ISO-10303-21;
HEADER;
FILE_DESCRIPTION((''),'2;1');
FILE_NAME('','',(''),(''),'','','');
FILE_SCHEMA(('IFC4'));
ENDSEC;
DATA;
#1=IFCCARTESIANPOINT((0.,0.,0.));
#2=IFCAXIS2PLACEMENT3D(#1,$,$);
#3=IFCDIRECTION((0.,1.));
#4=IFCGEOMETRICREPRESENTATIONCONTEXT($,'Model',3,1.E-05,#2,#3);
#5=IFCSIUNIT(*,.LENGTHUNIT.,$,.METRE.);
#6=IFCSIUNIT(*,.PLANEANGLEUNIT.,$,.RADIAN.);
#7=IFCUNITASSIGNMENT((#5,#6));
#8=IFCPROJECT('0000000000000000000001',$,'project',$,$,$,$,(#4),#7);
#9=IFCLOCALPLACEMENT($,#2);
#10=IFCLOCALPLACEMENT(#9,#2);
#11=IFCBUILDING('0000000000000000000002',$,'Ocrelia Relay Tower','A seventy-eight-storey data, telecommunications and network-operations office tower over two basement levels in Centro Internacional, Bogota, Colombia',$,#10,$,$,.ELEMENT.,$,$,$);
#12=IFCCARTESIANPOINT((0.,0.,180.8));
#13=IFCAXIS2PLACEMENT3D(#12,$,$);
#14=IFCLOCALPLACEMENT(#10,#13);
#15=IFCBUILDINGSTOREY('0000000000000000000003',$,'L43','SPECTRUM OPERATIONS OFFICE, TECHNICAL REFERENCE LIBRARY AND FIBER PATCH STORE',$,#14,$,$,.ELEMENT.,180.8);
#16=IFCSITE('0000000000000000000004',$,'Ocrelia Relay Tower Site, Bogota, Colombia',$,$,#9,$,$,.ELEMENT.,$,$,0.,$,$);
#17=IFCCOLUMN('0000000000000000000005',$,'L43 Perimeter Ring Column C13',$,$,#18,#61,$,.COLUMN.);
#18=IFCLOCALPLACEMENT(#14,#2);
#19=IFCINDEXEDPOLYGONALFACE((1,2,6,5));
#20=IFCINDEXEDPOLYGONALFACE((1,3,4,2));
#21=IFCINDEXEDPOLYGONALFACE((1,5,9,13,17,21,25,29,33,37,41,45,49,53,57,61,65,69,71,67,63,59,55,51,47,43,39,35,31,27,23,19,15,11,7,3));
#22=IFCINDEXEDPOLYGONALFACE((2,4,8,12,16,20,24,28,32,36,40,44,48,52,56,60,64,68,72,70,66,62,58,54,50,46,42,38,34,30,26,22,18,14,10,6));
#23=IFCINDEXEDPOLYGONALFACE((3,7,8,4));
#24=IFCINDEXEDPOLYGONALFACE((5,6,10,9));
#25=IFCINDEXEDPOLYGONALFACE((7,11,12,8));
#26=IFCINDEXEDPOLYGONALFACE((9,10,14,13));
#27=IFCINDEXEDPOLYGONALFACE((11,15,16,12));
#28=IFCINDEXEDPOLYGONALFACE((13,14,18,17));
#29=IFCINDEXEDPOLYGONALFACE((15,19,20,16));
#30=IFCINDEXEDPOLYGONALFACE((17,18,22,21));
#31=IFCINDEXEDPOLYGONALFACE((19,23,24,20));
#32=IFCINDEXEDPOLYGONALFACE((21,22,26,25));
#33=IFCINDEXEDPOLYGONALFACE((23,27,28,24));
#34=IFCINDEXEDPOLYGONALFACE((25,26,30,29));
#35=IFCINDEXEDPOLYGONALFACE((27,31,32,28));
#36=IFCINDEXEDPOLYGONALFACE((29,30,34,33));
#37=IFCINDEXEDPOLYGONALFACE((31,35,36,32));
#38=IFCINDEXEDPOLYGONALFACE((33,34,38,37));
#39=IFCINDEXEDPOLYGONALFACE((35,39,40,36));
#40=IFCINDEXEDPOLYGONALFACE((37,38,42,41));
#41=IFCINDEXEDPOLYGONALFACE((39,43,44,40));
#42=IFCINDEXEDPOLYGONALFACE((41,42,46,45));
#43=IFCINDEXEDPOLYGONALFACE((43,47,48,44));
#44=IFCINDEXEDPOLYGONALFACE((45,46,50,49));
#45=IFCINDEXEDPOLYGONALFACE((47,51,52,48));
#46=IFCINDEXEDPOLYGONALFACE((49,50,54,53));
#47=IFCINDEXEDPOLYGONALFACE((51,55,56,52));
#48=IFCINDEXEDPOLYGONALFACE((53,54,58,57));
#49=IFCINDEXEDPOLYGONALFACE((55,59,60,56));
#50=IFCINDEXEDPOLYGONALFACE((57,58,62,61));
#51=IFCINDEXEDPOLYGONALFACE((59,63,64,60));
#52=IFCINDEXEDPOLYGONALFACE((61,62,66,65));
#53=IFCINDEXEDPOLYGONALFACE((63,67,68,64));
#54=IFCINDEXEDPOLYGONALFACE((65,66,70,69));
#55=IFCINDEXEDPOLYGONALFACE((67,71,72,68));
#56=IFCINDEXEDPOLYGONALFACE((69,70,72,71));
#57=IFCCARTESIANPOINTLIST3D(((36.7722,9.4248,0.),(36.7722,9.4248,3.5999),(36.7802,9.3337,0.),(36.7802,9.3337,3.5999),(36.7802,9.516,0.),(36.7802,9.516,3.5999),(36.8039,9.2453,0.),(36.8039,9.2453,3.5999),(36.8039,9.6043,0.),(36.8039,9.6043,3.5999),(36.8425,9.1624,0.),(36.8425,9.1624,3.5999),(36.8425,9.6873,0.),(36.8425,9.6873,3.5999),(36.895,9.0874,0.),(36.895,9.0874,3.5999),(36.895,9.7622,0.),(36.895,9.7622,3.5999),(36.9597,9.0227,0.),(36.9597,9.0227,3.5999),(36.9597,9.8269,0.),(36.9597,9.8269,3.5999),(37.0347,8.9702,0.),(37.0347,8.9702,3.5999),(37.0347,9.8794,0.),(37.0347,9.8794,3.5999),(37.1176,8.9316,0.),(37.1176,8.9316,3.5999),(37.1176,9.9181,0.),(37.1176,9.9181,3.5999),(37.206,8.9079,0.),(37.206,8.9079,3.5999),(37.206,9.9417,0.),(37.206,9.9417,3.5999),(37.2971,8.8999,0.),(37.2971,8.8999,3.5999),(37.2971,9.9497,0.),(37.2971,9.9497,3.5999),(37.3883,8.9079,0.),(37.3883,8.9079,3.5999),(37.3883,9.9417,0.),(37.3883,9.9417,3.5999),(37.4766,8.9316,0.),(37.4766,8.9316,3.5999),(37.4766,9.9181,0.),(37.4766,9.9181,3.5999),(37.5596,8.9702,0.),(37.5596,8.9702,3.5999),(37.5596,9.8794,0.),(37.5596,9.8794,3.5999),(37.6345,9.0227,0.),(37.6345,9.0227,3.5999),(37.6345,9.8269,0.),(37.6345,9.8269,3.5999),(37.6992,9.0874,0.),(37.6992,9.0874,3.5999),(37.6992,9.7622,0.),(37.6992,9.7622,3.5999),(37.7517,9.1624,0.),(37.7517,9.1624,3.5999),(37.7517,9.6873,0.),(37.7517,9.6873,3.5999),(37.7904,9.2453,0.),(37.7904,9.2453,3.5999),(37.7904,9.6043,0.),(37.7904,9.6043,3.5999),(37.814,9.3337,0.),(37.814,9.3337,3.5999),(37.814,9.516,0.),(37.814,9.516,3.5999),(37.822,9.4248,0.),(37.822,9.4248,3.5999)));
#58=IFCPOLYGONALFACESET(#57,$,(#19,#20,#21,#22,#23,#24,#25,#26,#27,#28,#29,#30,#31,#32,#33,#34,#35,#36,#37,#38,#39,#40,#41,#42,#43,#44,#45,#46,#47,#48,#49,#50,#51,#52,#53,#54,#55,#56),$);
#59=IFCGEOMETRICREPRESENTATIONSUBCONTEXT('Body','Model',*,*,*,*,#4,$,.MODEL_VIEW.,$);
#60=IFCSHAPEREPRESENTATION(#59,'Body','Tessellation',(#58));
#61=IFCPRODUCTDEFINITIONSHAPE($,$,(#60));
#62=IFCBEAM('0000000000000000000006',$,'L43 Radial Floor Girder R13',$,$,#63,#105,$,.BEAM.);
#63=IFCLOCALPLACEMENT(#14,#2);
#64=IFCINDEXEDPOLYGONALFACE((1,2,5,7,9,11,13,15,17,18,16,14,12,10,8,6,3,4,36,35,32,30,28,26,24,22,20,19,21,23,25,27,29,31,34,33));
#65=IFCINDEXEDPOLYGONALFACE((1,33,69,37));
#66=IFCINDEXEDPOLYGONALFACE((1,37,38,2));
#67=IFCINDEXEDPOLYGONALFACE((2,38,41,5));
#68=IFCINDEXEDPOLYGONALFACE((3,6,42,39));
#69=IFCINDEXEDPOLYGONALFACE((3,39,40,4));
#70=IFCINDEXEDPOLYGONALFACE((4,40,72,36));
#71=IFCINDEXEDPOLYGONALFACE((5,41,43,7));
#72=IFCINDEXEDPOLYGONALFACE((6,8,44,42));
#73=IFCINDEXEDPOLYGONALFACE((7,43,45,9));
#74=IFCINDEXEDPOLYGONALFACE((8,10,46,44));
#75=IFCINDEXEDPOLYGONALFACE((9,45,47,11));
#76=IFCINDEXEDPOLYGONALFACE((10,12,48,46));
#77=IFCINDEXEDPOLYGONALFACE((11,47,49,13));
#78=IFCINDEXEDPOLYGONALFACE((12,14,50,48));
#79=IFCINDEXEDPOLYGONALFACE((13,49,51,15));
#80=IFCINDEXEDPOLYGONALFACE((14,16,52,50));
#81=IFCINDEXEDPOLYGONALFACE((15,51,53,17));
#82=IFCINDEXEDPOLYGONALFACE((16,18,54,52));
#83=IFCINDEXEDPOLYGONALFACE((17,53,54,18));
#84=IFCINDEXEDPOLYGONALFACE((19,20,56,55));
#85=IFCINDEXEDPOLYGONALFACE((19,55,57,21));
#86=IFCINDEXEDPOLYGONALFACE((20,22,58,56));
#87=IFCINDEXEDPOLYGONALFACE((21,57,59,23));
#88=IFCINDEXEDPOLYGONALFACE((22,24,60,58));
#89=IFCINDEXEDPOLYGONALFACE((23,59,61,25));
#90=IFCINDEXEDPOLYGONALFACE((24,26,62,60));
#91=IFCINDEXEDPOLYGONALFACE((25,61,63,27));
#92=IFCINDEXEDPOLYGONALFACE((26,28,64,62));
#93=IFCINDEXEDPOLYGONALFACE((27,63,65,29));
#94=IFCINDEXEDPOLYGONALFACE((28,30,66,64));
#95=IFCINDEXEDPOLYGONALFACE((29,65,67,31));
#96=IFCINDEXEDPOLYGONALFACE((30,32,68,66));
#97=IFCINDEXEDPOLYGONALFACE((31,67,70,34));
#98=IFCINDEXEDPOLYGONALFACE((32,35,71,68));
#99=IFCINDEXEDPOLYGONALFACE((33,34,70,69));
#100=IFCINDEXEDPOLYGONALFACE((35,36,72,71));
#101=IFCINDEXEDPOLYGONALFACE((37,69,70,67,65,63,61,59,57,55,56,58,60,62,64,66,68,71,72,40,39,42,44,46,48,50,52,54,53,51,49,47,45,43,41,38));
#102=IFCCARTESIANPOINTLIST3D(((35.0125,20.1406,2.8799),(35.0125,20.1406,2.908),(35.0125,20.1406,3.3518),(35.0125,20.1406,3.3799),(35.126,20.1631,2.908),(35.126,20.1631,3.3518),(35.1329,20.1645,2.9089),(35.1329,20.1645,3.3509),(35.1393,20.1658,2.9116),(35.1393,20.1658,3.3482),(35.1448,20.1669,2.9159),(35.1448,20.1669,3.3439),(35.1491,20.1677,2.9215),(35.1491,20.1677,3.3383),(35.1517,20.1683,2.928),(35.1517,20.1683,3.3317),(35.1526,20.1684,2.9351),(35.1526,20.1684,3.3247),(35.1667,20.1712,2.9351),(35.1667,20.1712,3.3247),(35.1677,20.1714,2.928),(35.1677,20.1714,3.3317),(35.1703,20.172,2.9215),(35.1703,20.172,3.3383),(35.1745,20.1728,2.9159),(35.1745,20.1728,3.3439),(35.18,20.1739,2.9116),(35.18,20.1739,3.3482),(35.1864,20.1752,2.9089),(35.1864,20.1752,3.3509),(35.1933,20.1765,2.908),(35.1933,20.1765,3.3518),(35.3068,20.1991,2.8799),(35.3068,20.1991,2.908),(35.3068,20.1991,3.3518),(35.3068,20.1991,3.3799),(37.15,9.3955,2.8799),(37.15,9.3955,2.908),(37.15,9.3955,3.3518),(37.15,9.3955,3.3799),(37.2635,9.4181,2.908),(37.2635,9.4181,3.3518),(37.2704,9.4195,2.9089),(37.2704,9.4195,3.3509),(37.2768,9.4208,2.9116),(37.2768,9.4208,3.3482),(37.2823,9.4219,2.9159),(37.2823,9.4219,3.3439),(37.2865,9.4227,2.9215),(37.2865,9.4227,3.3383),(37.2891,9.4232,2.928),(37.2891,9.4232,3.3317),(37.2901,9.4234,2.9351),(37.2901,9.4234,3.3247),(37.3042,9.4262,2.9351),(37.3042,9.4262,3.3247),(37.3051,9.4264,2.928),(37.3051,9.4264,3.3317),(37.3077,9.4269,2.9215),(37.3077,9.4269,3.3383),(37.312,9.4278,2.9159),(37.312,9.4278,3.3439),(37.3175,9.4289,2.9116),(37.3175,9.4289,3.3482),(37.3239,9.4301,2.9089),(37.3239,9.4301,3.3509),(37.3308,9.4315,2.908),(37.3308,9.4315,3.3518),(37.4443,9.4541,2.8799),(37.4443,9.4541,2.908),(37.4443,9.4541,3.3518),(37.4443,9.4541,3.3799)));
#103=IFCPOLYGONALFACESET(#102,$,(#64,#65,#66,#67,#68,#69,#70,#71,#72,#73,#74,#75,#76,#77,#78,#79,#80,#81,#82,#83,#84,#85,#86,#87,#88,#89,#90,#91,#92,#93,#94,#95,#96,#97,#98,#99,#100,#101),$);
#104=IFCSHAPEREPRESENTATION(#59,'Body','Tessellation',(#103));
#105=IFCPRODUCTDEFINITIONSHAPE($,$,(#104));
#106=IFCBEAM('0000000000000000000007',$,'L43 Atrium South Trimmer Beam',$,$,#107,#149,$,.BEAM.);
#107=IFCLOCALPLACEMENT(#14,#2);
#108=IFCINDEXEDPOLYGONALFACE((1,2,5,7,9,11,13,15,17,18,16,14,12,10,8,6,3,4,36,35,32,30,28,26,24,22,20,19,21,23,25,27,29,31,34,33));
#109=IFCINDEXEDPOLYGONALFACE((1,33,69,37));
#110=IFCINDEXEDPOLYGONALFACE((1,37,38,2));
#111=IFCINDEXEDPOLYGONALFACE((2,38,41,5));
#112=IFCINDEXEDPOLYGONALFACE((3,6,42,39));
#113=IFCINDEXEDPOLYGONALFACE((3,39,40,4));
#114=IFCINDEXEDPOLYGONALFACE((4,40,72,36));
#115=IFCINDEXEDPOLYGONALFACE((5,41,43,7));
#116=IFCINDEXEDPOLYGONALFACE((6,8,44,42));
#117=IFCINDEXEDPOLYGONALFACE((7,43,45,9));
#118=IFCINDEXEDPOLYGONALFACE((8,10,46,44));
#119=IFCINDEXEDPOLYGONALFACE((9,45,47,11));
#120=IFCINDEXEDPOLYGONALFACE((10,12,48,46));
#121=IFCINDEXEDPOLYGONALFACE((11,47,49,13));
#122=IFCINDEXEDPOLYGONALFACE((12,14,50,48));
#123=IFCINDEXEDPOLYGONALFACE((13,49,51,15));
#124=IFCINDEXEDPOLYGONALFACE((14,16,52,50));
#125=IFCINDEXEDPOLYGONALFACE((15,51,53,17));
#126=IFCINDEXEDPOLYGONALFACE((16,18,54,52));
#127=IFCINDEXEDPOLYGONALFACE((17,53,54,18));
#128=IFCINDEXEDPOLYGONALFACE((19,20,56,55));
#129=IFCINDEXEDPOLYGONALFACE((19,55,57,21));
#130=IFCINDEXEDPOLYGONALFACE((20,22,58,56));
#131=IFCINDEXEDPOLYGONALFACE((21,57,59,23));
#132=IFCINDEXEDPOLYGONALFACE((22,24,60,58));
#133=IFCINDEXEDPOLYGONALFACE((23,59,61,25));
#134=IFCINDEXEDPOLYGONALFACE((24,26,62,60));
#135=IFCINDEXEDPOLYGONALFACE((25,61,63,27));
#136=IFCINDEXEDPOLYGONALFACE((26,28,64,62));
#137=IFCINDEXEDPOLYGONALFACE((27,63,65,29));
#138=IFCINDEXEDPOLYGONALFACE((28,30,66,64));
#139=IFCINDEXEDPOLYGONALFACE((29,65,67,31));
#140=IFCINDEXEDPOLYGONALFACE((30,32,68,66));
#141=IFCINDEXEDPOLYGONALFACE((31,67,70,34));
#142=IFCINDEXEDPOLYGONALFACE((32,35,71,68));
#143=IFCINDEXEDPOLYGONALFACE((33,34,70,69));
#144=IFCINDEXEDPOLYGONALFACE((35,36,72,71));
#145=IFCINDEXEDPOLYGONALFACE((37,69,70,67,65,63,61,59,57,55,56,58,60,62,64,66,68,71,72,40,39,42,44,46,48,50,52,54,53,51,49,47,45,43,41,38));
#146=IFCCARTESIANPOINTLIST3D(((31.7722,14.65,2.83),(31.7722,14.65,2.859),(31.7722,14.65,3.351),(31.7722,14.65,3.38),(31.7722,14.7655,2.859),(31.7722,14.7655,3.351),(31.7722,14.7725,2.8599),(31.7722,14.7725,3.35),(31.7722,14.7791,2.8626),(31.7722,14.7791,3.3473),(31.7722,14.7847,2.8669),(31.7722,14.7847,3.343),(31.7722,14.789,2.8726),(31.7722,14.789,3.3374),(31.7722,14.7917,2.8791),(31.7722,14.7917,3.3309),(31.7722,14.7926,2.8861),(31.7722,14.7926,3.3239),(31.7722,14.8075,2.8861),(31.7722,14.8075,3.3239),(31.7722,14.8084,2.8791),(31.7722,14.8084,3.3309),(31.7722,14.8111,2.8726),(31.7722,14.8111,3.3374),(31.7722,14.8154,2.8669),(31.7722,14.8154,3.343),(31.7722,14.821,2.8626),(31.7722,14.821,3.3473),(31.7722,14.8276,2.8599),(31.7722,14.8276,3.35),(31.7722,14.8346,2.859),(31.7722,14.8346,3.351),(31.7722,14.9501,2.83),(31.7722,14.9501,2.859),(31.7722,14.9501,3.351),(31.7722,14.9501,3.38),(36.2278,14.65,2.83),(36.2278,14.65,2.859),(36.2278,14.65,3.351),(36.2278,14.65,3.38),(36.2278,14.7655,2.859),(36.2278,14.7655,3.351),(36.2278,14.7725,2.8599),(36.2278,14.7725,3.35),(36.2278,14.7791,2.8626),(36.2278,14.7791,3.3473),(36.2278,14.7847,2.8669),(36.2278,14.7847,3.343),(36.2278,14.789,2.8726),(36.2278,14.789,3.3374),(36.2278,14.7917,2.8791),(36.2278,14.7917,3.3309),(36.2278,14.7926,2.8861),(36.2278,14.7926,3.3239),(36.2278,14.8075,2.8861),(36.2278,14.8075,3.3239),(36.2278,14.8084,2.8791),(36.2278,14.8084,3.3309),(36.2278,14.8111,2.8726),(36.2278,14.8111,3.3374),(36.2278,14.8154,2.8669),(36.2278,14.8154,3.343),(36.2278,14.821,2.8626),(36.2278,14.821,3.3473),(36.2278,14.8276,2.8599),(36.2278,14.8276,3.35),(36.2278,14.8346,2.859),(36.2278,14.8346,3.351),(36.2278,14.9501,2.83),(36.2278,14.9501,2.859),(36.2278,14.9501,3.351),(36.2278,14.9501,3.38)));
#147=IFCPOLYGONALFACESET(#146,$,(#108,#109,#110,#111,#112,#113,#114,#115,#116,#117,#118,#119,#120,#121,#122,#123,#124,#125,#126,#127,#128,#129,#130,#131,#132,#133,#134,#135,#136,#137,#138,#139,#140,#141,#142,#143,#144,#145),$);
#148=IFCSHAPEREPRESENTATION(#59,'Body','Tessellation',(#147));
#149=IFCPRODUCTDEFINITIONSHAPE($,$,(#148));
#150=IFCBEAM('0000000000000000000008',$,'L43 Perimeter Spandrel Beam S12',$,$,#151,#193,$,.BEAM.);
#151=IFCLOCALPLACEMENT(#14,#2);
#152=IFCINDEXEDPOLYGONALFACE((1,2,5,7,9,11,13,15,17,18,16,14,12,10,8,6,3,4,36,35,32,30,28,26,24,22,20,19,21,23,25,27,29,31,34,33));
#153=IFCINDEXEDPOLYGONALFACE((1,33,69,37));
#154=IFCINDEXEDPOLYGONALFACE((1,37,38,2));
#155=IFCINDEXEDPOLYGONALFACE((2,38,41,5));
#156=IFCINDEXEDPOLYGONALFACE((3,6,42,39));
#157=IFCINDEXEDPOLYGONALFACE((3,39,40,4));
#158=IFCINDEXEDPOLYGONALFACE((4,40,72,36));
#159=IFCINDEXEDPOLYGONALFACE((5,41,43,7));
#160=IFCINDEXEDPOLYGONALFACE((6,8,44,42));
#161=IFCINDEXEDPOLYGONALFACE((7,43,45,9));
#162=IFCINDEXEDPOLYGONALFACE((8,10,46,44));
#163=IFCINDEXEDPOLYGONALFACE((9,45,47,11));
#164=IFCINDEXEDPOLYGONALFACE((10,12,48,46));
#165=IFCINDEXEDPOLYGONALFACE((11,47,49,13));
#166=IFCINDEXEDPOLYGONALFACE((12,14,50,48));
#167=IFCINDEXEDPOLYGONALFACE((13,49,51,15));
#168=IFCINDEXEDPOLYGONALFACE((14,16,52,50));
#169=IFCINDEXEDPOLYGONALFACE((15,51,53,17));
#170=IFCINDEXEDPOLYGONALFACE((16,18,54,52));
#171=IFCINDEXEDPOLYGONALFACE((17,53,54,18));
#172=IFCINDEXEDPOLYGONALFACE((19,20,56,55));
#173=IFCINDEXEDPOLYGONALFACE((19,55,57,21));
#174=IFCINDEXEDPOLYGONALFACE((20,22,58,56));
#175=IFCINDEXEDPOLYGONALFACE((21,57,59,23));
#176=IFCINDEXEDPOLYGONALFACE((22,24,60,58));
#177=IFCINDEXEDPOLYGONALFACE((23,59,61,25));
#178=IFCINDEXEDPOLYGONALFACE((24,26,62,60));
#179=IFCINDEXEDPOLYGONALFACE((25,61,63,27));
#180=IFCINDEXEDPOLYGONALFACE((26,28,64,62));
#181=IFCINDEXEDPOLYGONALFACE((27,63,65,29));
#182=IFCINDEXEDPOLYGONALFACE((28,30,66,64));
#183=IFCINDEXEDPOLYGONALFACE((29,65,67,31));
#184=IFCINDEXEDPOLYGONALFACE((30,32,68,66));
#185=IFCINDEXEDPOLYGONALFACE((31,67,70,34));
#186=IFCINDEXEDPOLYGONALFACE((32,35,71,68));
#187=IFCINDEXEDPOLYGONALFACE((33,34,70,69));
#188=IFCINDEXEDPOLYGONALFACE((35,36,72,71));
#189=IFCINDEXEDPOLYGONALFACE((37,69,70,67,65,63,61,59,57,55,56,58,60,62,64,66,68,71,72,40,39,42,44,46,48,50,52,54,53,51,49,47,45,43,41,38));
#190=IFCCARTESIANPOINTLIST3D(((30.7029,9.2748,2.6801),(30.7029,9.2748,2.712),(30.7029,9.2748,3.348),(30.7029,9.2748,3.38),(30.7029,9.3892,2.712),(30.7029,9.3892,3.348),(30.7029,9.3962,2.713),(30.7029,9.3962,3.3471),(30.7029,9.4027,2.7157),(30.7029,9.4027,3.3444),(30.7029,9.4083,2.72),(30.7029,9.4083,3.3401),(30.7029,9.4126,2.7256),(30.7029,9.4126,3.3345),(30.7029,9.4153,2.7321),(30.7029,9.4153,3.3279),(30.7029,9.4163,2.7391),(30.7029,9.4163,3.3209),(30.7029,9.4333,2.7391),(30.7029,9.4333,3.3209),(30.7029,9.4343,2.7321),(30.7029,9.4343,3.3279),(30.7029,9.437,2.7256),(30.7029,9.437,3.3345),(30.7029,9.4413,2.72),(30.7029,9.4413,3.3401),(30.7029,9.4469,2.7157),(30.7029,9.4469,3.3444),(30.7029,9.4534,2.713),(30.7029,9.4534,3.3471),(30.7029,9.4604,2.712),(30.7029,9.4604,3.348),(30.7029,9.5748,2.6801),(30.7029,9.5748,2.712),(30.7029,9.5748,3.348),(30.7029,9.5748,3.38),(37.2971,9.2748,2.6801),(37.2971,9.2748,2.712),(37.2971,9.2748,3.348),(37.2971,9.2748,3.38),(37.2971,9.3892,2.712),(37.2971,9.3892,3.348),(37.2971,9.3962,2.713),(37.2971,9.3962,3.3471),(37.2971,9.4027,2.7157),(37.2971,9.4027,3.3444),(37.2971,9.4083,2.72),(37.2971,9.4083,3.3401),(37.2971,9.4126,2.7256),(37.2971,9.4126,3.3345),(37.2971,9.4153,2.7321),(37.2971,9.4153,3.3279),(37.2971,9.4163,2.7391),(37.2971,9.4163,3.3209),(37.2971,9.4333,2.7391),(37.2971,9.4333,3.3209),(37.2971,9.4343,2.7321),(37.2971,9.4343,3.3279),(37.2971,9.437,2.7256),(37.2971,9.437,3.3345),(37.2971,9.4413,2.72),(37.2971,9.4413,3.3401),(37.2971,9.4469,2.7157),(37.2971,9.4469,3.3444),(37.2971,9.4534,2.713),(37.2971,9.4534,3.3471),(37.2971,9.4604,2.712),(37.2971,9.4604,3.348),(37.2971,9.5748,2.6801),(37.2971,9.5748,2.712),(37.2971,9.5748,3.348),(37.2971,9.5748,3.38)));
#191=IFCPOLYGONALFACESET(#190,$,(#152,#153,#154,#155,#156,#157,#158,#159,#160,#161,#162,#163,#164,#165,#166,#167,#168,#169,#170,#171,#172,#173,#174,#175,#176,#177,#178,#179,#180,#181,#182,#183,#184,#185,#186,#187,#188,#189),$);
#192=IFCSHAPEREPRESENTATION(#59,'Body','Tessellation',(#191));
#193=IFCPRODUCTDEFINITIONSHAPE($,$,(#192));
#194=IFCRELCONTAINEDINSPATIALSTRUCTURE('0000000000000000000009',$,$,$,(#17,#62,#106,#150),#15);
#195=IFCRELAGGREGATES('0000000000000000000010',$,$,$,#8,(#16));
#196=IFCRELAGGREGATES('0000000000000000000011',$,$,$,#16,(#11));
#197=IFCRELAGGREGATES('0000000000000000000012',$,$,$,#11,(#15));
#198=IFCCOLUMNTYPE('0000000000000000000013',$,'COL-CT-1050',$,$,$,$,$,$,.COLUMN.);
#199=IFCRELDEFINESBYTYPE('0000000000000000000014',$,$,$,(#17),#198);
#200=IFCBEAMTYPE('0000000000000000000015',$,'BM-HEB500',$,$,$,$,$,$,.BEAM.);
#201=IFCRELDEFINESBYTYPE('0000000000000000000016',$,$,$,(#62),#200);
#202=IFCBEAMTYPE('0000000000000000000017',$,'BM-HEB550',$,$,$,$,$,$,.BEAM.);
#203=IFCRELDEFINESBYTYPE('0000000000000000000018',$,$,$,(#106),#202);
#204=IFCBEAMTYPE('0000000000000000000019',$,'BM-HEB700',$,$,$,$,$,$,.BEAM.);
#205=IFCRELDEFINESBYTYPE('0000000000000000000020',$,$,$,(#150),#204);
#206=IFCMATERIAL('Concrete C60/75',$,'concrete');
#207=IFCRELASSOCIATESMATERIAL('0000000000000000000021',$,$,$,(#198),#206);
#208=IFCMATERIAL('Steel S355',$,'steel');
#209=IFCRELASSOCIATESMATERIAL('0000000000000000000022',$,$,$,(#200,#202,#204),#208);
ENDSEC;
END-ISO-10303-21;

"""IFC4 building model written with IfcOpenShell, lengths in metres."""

from ifc_helpers import new_model, si_unit, direction, frame, origin, origin_2d, place, context, subcontext, project, spatial, circle, i_section, extrude, material, material_profile, profile_set, type_object, element, save


model = new_model("IFC4")

# Units and contexts
model_context = context("Model", 3, precision=1e-05, world=origin(), true_north=direction((0.0, 1.0)))
body_context = subcontext(model_context, "Body", "Model", "MODEL_VIEW")
ifc_project = project(units=[si_unit("LENGTHUNIT", "METRE"), si_unit("PLANEANGLEUNIT", "RADIAN")], contexts=[model_context])

# Site, building, storey
site_placement = place(None, origin())
site = spatial("IfcSite", under=ifc_project, at=site_placement, Name="Ocrelia Relay Tower Site, Bogota, Colombia", CompositionType="ELEMENT", RefElevation=0.0)
building_placement = place(site_placement, origin())
building = spatial("IfcBuilding", under=site, at=building_placement, Name="Ocrelia Relay Tower", Description="A seventy-eight-storey data, telecommunications and network-operations office tower over two basement levels in Centro Internacional, Bogota, Colombia", CompositionType="ELEMENT")
storey_placement = place(building_placement, frame((0.0, 0.0, 180.8)))
storey = spatial("IfcBuildingStorey", under=building, at=storey_placement, Name="L43", Description="SPECTRUM OPERATIONS OFFICE, TECHNICAL REFERENCE LIBRARY AND FIBER PATCH STORE", CompositionType="ELEMENT", Elevation=180.8)

# Column
ifc_material_1 = material(Name="Concrete C60/75", Category="concrete")
ifc_material_profile_1 = material_profile(ifc_material_1, circle(Radius=0.5249, at=origin_2d()), Name="RC-CIR-1050")
ifc_profile_set_1 = profile_set([ifc_material_profile_1], Name="Concrete C60/75")
column_type = type_object("IfcColumnType", Name="COL-CT-1050", PredefinedType="COLUMN", material=ifc_profile_set_1)
column_placement = place(storey_placement, frame((37.2971, 9.4248, 0.0), z_axis=(0.0, 0.0, 1.0), x_axis=(1.0, 0.0, 0.0)))
element("IfcColumn", 1, at=column_placement, inside=storey, type_object=column_type, Name="L43 Perimeter Ring Column C13", PredefinedType="COLUMN", context=body_context, shape_type="SweptSolid", body=[
    extrude(circle(Radius=0.5249, at=origin_2d()), origin(), (0.0, 0.0, 1.0), 3.5999),
])

# Beams
ifc_material_2 = material(Name="Steel S355", Category="steel")
ifc_material_profile_2 = material_profile(ifc_material_2, i_section(OverallWidth=0.3, OverallDepth=0.5, WebThickness=0.0144, FlangeThickness=0.0281, FilletRadius=0.0271, at=origin_2d()), Name="HEB 500")
ifc_profile_set_2 = profile_set([ifc_material_profile_2], Name="Steel S355")
beam_type_1 = type_object("IfcBeamType", Name="BM-HEB500", PredefinedType="BEAM", material=ifc_profile_set_2)
beam_1_placement = place(storey_placement, frame((37.2971, 9.4248, 3.1299), z_axis=(-0.1951, 0.980783, 0.0), x_axis=(-0.980783, -0.1951, 0.0)))
element("IfcBeam", 2, at=beam_1_placement, inside=storey, type_object=beam_type_1, Name="L43 Radial Floor Girder R13", PredefinedType="BEAM", context=body_context, shape_type="SweptSolid", body=[
    extrude(i_section(OverallWidth=0.3, OverallDepth=0.5, WebThickness=0.0144, FlangeThickness=0.0281, FilletRadius=0.0271, at=origin_2d()), origin(), (0.0, 0.0, 1.0), 10.9556),
])
ifc_material_profile_3 = material_profile(ifc_material_2, i_section(OverallWidth=0.3, OverallDepth=0.55, WebThickness=0.0149, FlangeThickness=0.0291, FilletRadius=0.0271, at=origin_2d()), Name="HEB 550")
ifc_profile_set_3 = profile_set([ifc_material_profile_3], Name="Steel S355")
beam_type_2 = type_object("IfcBeamType", Name="BM-HEB550", PredefinedType="BEAM", material=ifc_profile_set_3)
beam_2_placement = place(storey_placement, frame((31.7722, 14.8, 3.105), z_axis=(1.0, 0.0, 0.0), x_axis=(0.0, 1.0, 0.0)))
element("IfcBeam", 3, at=beam_2_placement, inside=storey, type_object=beam_type_2, Name="L43 Atrium South Trimmer Beam", PredefinedType="BEAM", context=body_context, shape_type="SweptSolid", body=[
    extrude(i_section(OverallWidth=0.3, OverallDepth=0.55, WebThickness=0.0149, FlangeThickness=0.0291, FilletRadius=0.0271, at=origin_2d()), origin(), (0.0, 0.0, 1.0), 4.4556),
])
ifc_material_profile_4 = material_profile(ifc_material_2, i_section(OverallWidth=0.3, OverallDepth=0.7, WebThickness=0.0171, FlangeThickness=0.032, FilletRadius=0.0271, at=origin_2d()), Name="HEB 700")
ifc_profile_set_4 = profile_set([ifc_material_profile_4], Name="Steel S355")
beam_type_3 = type_object("IfcBeamType", Name="BM-HEB700", PredefinedType="BEAM", material=ifc_profile_set_4)
beam_3_placement = place(storey_placement, frame((30.7029, 9.4248, 3.03), z_axis=(1.0, 0.0, 0.0), x_axis=(0.0, 1.0, 0.0)))
element("IfcBeam", 4, at=beam_3_placement, inside=storey, type_object=beam_type_3, Name="L43 Perimeter Spandrel Beam S12", PredefinedType="BEAM", context=body_context, shape_type="SweptSolid", body=[
    extrude(i_section(OverallWidth=0.3, OverallDepth=0.7, WebThickness=0.0171, FlangeThickness=0.032, FilletRadius=0.0271, at=origin_2d()), origin(), (0.0, 0.0, 1.0), 6.5942),
])

save(model, "model.ifc")
